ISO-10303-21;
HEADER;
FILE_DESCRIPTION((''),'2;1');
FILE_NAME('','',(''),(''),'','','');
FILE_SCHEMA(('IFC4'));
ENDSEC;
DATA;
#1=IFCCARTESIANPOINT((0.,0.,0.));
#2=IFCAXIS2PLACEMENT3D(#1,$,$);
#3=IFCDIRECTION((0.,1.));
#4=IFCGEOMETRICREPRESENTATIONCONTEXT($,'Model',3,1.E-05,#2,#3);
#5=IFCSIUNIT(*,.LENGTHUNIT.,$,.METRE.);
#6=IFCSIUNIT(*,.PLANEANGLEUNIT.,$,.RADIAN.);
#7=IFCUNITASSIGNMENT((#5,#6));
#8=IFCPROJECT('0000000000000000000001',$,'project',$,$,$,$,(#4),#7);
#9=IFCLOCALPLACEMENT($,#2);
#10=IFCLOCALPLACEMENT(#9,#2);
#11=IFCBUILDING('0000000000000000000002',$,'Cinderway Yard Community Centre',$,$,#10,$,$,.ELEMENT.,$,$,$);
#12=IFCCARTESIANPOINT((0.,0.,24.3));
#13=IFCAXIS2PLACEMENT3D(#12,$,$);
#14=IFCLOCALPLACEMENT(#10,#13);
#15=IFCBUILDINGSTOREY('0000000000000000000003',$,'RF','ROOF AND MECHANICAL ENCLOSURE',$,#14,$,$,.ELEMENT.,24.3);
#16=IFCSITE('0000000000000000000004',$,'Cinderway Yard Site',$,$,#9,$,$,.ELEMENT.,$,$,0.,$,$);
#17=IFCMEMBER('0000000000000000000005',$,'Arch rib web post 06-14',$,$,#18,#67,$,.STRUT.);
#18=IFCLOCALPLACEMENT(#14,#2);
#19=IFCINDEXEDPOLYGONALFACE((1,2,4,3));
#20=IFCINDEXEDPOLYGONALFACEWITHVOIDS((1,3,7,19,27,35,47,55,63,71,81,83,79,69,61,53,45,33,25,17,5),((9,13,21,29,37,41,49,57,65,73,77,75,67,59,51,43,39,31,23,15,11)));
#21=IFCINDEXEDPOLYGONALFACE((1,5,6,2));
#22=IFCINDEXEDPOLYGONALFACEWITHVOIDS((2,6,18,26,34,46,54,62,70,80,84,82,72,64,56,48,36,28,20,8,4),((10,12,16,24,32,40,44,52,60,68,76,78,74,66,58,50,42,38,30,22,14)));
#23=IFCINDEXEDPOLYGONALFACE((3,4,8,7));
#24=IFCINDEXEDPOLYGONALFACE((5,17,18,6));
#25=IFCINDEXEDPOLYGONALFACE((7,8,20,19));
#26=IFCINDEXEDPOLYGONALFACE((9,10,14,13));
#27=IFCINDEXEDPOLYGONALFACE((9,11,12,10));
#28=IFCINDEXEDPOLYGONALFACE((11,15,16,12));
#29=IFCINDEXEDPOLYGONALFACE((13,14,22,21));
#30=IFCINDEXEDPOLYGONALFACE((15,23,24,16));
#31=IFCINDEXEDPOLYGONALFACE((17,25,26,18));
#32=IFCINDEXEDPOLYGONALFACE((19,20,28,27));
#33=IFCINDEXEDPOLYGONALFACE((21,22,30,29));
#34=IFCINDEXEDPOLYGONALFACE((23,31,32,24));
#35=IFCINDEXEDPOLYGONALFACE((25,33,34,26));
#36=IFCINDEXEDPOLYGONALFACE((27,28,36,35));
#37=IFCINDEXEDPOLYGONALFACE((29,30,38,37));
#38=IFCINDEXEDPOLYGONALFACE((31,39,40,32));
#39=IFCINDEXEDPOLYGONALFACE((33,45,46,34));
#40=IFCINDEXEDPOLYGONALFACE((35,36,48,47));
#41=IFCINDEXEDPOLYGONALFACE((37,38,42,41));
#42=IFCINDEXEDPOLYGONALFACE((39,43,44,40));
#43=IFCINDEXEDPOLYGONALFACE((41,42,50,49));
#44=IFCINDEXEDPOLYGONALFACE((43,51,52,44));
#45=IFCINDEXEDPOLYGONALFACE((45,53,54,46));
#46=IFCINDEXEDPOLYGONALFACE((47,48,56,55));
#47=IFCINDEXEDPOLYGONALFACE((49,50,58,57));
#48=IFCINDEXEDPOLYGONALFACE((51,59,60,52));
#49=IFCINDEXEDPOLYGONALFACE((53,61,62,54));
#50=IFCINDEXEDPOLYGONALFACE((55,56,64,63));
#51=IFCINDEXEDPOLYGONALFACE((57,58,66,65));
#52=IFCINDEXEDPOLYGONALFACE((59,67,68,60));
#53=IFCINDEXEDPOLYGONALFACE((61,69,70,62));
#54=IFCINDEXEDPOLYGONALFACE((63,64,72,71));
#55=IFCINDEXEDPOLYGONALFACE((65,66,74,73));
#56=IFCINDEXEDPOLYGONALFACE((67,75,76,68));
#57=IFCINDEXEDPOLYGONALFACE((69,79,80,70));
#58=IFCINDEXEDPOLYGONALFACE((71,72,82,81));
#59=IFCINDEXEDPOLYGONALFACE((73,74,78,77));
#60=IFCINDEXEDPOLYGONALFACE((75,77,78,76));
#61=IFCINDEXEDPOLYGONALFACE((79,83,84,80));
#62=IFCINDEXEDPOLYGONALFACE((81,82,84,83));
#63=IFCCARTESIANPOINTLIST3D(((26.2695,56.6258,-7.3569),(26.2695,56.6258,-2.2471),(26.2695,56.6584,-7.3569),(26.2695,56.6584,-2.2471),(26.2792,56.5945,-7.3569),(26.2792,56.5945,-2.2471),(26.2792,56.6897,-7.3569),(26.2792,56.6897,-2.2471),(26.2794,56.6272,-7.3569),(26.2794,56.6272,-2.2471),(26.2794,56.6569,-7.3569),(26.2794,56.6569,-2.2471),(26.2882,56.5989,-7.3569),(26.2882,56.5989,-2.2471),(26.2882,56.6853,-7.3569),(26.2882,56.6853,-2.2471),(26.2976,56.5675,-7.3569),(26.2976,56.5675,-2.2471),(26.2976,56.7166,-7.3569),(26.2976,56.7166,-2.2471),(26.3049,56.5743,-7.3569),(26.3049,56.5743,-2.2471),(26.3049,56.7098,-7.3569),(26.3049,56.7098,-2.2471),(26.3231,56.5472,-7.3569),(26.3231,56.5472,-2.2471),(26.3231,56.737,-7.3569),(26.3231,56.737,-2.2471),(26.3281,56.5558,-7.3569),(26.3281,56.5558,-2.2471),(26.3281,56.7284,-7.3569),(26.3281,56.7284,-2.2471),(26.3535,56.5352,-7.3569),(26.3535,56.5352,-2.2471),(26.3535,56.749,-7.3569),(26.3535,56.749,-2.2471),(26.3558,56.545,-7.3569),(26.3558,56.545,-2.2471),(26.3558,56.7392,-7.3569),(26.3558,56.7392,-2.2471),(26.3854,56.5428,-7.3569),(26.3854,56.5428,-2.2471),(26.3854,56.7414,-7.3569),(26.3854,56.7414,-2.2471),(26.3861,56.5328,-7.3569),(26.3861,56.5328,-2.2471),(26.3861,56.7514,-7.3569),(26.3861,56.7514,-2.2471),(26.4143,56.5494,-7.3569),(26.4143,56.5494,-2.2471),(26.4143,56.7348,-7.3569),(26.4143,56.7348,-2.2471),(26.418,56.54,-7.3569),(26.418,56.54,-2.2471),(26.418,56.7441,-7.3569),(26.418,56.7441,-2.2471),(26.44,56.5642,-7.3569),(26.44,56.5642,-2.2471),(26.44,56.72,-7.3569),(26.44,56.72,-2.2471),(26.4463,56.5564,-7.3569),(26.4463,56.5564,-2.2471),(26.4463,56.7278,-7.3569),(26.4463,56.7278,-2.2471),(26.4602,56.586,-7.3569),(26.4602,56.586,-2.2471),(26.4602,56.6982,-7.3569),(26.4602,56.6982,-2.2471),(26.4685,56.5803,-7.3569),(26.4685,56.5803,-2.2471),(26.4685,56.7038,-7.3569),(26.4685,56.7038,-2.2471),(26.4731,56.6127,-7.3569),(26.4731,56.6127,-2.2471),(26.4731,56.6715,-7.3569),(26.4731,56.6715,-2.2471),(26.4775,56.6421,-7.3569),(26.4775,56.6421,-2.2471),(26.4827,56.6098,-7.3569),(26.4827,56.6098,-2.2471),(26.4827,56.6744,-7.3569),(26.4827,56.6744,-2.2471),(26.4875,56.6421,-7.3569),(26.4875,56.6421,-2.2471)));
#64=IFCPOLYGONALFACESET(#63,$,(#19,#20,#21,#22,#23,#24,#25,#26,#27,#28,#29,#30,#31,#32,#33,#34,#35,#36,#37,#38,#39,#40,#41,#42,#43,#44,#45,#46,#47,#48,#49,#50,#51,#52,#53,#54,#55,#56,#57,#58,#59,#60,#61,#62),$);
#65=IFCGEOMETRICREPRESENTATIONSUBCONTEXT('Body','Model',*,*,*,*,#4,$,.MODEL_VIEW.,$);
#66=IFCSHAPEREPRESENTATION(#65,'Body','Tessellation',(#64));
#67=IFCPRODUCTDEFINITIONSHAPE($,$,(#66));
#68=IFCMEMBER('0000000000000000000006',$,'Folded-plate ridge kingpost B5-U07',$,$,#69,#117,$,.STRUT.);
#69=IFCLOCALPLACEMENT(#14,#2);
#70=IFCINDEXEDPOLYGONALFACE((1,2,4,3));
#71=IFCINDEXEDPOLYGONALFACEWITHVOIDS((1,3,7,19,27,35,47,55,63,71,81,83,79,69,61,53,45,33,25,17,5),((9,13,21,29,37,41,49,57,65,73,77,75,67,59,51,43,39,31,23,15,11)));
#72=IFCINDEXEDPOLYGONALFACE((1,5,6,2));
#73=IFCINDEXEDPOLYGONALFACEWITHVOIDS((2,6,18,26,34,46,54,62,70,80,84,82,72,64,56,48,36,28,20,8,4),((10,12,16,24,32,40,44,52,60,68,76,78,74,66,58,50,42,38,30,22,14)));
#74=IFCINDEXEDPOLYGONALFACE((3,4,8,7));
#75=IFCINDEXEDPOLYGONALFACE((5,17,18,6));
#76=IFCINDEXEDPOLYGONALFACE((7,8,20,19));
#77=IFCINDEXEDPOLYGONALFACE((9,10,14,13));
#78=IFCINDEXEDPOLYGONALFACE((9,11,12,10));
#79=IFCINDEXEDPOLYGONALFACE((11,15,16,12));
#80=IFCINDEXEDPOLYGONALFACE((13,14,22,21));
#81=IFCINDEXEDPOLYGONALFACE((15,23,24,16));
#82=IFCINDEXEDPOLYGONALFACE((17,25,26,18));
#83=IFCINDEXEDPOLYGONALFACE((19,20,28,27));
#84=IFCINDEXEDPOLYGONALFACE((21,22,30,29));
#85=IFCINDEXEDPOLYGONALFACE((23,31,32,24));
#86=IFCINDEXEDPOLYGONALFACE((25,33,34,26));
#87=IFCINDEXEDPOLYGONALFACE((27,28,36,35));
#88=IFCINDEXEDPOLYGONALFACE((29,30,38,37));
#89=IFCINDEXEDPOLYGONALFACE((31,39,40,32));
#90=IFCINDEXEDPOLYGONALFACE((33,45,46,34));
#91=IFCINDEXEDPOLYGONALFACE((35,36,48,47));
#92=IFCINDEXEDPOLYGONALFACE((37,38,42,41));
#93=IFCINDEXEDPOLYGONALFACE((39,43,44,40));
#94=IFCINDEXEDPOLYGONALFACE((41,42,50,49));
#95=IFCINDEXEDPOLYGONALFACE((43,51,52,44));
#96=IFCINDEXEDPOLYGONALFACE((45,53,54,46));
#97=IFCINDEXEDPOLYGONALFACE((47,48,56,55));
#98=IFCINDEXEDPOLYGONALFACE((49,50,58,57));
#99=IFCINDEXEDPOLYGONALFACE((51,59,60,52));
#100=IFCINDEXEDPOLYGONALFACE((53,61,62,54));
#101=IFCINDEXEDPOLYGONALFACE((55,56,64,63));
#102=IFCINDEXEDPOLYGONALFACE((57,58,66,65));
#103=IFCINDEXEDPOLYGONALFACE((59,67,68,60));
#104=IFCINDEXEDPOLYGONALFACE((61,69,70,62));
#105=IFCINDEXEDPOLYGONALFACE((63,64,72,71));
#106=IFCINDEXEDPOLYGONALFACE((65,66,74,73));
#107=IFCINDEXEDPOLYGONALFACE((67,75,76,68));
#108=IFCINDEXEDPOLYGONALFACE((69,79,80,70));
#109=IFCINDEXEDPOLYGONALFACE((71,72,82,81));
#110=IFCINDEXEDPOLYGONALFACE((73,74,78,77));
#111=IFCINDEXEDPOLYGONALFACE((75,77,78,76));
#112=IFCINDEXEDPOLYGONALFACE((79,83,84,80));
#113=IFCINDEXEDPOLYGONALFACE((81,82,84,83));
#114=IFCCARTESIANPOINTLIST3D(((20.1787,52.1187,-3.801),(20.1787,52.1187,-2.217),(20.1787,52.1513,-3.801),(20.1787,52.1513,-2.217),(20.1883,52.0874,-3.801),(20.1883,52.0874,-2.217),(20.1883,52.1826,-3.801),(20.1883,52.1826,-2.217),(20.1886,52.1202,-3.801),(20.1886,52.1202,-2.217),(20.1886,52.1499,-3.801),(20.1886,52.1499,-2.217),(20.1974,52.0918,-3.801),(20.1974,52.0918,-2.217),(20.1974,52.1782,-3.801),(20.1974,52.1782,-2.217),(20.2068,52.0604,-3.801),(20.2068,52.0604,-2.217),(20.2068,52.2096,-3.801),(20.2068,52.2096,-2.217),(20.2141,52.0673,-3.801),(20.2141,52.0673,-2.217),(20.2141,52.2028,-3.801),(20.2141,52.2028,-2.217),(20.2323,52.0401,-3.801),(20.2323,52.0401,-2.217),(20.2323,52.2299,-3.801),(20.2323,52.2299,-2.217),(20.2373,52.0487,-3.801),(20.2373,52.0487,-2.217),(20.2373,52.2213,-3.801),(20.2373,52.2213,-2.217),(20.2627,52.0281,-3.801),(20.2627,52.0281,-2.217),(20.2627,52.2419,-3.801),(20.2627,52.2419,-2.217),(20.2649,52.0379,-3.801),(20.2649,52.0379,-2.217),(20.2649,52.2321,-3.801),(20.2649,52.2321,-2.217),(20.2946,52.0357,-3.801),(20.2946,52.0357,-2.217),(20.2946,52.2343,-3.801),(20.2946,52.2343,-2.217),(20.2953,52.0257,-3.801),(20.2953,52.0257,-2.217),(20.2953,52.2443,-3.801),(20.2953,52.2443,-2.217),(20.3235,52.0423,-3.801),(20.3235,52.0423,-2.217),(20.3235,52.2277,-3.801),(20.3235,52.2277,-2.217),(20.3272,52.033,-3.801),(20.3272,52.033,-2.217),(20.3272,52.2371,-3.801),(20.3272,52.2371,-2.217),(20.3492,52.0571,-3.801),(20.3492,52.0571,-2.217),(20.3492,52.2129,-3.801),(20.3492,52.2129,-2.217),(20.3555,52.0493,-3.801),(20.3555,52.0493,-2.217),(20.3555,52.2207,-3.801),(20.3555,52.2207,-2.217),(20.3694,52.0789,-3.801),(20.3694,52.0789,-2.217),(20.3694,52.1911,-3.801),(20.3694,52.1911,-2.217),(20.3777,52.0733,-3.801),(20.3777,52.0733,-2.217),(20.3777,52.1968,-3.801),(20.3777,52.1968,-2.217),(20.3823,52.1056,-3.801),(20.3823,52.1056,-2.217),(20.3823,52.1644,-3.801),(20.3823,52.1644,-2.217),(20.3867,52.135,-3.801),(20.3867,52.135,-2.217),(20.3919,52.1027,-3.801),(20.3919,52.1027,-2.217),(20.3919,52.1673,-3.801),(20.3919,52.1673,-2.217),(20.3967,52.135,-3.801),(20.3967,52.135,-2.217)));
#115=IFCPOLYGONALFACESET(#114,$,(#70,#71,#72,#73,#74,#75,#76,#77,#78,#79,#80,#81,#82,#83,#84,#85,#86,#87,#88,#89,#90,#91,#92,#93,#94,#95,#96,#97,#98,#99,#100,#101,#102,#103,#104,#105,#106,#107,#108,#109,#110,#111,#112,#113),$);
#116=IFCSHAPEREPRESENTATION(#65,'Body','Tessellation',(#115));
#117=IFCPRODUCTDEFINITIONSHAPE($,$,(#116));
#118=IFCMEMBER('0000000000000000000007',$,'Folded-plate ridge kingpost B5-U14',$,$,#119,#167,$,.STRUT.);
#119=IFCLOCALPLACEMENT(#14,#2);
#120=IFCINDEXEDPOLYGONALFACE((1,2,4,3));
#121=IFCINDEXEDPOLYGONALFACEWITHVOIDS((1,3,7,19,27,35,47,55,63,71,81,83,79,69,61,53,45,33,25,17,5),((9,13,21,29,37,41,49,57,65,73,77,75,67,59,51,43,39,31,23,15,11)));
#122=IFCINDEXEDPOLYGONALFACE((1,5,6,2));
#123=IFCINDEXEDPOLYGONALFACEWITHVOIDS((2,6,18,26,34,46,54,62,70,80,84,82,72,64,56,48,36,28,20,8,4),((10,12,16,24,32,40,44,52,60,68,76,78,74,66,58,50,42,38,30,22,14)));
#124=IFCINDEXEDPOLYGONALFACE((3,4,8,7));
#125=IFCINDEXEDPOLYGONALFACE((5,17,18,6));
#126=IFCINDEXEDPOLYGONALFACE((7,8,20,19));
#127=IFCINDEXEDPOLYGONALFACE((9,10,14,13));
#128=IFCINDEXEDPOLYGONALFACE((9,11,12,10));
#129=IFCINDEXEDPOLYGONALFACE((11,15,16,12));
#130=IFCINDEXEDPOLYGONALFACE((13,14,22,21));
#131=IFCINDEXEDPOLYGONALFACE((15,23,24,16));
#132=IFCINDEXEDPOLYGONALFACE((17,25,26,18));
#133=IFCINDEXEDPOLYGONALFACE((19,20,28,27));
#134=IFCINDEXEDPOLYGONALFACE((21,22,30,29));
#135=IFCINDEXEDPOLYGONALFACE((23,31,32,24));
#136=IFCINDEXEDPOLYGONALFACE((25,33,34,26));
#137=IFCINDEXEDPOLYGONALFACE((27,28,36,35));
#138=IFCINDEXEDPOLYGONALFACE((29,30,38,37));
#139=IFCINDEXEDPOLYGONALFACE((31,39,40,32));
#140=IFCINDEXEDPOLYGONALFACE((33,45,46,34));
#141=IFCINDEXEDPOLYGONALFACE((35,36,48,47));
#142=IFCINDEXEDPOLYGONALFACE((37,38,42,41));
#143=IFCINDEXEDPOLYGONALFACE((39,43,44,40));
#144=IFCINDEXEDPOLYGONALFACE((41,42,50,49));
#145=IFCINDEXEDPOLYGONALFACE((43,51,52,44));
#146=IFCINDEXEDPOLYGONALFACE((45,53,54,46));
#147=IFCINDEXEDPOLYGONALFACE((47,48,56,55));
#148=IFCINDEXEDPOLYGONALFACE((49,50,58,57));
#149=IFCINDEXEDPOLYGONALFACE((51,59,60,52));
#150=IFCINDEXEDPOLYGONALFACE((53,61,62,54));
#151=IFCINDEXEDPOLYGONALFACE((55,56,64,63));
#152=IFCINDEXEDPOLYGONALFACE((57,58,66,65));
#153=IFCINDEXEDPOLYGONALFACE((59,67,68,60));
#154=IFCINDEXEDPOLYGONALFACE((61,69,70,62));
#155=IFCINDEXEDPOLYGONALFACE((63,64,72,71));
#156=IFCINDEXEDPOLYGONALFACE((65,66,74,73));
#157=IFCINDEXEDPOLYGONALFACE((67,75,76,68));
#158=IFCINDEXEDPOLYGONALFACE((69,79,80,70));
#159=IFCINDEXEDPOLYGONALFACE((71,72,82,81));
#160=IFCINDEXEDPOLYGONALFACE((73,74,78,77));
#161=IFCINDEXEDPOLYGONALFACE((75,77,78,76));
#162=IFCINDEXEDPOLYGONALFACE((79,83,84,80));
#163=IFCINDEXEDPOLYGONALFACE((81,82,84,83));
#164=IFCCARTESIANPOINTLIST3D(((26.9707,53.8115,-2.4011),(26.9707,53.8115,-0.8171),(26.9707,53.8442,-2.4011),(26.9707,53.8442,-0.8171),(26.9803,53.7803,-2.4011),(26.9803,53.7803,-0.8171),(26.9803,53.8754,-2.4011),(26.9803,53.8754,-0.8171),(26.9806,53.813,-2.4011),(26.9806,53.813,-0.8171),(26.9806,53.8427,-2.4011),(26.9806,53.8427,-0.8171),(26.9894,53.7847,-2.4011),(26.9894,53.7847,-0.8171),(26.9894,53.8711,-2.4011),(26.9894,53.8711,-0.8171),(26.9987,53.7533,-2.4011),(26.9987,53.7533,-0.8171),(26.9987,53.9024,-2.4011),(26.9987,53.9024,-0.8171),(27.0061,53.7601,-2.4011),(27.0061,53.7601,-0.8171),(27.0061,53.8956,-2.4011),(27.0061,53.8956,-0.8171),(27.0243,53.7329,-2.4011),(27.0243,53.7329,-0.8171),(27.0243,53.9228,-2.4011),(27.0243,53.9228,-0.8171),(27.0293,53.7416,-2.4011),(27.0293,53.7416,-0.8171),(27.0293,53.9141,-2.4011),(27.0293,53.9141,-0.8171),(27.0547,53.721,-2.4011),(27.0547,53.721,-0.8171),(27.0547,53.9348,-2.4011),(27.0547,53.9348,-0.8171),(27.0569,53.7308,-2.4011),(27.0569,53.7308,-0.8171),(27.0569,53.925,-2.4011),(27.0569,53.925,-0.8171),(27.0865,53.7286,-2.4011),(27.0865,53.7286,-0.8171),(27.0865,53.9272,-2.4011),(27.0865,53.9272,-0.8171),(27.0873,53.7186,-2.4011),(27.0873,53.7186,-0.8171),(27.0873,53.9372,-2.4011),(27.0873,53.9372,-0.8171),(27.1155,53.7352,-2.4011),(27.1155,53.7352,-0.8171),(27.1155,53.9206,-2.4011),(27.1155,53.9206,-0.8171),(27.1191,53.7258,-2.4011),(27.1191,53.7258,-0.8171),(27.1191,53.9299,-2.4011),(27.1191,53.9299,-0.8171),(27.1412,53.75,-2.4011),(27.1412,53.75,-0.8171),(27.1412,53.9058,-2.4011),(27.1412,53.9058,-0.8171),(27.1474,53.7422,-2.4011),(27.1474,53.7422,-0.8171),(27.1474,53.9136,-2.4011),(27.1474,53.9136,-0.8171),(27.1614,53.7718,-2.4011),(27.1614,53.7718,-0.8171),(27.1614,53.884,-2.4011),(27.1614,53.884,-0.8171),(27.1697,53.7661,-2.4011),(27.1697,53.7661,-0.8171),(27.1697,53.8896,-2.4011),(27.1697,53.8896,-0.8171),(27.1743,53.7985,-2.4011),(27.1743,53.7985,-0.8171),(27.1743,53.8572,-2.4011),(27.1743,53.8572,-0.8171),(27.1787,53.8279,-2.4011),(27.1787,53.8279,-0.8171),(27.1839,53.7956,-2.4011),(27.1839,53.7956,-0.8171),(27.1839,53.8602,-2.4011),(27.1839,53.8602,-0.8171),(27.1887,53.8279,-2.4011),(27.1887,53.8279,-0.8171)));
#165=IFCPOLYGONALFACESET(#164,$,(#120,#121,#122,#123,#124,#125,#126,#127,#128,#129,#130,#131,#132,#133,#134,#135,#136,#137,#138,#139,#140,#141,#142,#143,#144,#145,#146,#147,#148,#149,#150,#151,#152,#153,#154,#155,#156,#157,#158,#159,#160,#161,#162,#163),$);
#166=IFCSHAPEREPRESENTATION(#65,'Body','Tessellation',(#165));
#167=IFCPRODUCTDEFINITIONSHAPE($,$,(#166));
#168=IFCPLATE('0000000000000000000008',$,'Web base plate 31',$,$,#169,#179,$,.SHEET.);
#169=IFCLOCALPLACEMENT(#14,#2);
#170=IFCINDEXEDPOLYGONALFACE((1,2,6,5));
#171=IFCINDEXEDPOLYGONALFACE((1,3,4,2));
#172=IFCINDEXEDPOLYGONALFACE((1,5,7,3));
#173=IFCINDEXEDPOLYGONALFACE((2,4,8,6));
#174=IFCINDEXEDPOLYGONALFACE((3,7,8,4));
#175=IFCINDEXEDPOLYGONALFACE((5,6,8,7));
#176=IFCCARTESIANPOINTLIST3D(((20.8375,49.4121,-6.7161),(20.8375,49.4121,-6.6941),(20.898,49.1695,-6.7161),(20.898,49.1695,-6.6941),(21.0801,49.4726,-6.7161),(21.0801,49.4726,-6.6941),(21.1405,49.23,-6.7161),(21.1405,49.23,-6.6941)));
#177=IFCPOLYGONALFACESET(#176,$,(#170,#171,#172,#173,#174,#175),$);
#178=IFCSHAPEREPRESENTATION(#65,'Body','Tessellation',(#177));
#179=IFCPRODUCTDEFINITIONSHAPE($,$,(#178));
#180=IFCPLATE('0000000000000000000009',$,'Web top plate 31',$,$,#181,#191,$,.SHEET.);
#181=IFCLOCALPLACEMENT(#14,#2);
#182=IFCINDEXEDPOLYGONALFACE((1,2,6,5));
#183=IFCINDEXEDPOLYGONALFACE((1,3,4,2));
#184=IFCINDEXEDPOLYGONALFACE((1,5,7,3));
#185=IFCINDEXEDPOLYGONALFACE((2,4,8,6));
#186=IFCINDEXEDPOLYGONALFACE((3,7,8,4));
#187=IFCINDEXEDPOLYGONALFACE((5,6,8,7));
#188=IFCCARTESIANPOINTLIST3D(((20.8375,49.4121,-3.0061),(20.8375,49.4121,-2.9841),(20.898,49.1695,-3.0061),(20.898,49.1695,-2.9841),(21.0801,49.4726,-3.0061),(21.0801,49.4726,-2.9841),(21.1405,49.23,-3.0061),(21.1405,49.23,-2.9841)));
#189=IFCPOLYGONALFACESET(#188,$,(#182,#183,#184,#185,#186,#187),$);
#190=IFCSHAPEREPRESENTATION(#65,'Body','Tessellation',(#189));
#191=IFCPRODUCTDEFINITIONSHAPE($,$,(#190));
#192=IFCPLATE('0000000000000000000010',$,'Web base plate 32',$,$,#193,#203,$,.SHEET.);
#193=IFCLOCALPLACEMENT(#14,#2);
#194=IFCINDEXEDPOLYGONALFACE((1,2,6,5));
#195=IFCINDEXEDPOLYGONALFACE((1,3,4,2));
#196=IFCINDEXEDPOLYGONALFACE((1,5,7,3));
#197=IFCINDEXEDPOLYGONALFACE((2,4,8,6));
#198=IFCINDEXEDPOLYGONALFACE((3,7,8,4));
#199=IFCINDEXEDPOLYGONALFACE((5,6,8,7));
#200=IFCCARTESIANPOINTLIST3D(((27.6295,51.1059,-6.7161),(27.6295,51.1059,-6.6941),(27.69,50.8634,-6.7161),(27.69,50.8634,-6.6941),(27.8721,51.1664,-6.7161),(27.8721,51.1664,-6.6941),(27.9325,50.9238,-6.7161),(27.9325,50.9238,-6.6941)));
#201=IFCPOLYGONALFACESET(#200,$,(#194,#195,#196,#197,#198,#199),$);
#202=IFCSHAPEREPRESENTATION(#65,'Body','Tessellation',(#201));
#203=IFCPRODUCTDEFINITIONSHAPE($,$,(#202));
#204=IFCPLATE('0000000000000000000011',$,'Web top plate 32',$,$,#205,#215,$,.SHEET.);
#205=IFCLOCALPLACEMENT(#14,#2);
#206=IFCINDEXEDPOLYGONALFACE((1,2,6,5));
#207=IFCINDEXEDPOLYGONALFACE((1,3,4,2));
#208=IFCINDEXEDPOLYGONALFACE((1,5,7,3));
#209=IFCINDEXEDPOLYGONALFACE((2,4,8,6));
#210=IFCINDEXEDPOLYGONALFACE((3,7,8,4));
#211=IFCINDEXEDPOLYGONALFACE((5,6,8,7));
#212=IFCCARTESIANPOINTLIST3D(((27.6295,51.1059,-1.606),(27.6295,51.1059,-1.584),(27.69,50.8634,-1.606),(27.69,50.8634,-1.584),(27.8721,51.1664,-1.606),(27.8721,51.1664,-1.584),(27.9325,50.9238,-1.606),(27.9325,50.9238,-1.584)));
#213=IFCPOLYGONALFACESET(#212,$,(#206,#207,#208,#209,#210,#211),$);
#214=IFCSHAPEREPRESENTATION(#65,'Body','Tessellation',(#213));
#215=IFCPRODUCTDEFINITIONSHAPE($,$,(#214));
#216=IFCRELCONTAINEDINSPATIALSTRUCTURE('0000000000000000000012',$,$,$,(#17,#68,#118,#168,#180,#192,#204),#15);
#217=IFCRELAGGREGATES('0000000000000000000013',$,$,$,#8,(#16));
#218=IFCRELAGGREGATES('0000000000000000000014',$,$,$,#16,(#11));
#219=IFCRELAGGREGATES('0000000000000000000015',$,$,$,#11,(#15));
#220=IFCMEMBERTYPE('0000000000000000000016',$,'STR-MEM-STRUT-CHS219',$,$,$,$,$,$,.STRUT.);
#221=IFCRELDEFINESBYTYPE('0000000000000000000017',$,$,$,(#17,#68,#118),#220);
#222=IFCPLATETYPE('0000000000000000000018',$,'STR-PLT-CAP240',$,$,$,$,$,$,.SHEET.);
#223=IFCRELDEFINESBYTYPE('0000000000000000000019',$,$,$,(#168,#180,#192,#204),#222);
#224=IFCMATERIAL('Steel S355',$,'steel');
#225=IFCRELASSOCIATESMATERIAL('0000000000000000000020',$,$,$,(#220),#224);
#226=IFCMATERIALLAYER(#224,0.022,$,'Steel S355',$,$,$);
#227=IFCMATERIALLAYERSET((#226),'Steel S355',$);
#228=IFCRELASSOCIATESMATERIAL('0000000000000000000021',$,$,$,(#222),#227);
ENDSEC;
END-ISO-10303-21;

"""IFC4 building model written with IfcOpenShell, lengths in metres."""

from ifc_helpers import new_model, si_unit, direction, frame, origin, origin_2d, place, context, subcontext, project, spatial, rectangle, hollow_circle, extrude, material, layer, layer_set, material_profile, profile_set, type_object, element, save


model = new_model("IFC4")

# Units and contexts
model_context = context("Model", 3, precision=1e-05, world=origin(), true_north=direction((0.0, 1.0)))
body_context = subcontext(model_context, "Body", "Model", "MODEL_VIEW")
ifc_project = project(units=[si_unit("LENGTHUNIT", "METRE"), si_unit("PLANEANGLEUNIT", "RADIAN")], contexts=[model_context])

# Site, building, storey
site_placement = place(None, origin())
site = spatial("IfcSite", under=ifc_project, at=site_placement, Name="Cinderway Yard Site", CompositionType="ELEMENT", RefElevation=0.0)
building_placement = place(site_placement, origin())
building = spatial("IfcBuilding", under=site, at=building_placement, Name="Cinderway Yard Community Centre", CompositionType="ELEMENT")
storey_placement = place(building_placement, frame((0.0, 0.0, 24.3)))
storey = spatial("IfcBuildingStorey", under=building, at=storey_placement, Name="RF", Description="ROOF AND MECHANICAL ENCLOSURE", CompositionType="ELEMENT", Elevation=24.3)

# Shared definitions
ifc_material_1 = material(Name="Steel S355", Category="steel")

# Members
ifc_material_profile_1 = material_profile(ifc_material_1, hollow_circle(Radius=0.1096, WallThickness=0.01, at=origin_2d()), Name="Steel S355")
ifc_profile_set_1 = profile_set([ifc_material_profile_1], Name="Steel S355")
member_type = type_object("IfcMemberType", Name="STR-MEM-STRUT-CHS219", PredefinedType="STRUT", material=ifc_profile_set_1)
member_1_placement = place(storey_placement, frame((26.3779, 56.6421, -7.3569), z_axis=(0.0, 0.0, 1.0), x_axis=(1.0, 0.0, 0.0)))
element("IfcMember", 1, at=member_1_placement, inside=storey, type_object=member_type, Name="Arch rib web post 06-14", PredefinedType="STRUT", context=body_context, shape_type="SweptSolid", body=[
    extrude(hollow_circle(Radius=0.1096, WallThickness=0.01, at=origin_2d()), origin(), (0.0, 0.0, 1.0), 5.1099),
])
for number, where, z_axis, x_axis, name in (
    (2, (20.2871, 52.135, -3.801), (0.0, 0.0, 1.0), (1.0, 0.0, 0.0), "Folded-plate ridge kingpost B5-U07"),
    (3, (27.0791, 53.8279, -2.4011), (0.0, 0.0, 1.0), (1.0, 0.0, 0.0), "Folded-plate ridge kingpost B5-U14"),
):
    element("IfcMember", number, at=place(storey_placement, frame(where, z_axis=z_axis, x_axis=x_axis)), inside=storey, type_object=member_type, Name=name, PredefinedType="STRUT", context=body_context, shape_type="SweptSolid", body=[
        extrude(hollow_circle(Radius=0.1096, WallThickness=0.01, at=origin_2d()), origin(), (0.0, 0.0, 1.0), 1.584),
    ])

# Plates
ifc_layer_1 = layer(ifc_material_1, 0.022, Name="Steel S355")
ifc_layer_set_1 = layer_set([ifc_layer_1], Name="Steel S355")
plate_type_1 = type_object("IfcPlateType", Name="STR-PLT-CAP240", PredefinedType="SHEET", material=ifc_layer_set_1)
for number, where, z_axis, x_axis, name in (
    (4, (20.989, 49.321, -6.7161), (0.0, 0.0, 1.0), (0.970296, 0.241922, 0.0), "Web base plate 31"),
    (5, (20.989, 49.321, -3.0061), (0.0, 0.0, 1.0), (0.970296, 0.241922, 0.0), "Web top plate 31"),
    (6, (27.781, 51.0149, -6.7161), (0.0, 0.0, 1.0), (0.970296, 0.241922, 0.0), "Web base plate 32"),
    (7, (27.781, 51.0149, -1.606), (0.0, 0.0, 1.0), (0.970296, 0.241922, 0.0), "Web top plate 32"),
):
    element("IfcPlate", number, at=place(storey_placement, frame(where, z_axis=z_axis, x_axis=x_axis)), inside=storey, type_object=plate_type_1, Name=name, PredefinedType="SHEET", context=body_context, shape_type="SweptSolid", body=[
        extrude(rectangle(XDim=0.25, YDim=0.25, at=origin_2d()), origin(), (0.0, 0.0, 1.0), 0.022),
    ])

save(model, "model.ifc")
